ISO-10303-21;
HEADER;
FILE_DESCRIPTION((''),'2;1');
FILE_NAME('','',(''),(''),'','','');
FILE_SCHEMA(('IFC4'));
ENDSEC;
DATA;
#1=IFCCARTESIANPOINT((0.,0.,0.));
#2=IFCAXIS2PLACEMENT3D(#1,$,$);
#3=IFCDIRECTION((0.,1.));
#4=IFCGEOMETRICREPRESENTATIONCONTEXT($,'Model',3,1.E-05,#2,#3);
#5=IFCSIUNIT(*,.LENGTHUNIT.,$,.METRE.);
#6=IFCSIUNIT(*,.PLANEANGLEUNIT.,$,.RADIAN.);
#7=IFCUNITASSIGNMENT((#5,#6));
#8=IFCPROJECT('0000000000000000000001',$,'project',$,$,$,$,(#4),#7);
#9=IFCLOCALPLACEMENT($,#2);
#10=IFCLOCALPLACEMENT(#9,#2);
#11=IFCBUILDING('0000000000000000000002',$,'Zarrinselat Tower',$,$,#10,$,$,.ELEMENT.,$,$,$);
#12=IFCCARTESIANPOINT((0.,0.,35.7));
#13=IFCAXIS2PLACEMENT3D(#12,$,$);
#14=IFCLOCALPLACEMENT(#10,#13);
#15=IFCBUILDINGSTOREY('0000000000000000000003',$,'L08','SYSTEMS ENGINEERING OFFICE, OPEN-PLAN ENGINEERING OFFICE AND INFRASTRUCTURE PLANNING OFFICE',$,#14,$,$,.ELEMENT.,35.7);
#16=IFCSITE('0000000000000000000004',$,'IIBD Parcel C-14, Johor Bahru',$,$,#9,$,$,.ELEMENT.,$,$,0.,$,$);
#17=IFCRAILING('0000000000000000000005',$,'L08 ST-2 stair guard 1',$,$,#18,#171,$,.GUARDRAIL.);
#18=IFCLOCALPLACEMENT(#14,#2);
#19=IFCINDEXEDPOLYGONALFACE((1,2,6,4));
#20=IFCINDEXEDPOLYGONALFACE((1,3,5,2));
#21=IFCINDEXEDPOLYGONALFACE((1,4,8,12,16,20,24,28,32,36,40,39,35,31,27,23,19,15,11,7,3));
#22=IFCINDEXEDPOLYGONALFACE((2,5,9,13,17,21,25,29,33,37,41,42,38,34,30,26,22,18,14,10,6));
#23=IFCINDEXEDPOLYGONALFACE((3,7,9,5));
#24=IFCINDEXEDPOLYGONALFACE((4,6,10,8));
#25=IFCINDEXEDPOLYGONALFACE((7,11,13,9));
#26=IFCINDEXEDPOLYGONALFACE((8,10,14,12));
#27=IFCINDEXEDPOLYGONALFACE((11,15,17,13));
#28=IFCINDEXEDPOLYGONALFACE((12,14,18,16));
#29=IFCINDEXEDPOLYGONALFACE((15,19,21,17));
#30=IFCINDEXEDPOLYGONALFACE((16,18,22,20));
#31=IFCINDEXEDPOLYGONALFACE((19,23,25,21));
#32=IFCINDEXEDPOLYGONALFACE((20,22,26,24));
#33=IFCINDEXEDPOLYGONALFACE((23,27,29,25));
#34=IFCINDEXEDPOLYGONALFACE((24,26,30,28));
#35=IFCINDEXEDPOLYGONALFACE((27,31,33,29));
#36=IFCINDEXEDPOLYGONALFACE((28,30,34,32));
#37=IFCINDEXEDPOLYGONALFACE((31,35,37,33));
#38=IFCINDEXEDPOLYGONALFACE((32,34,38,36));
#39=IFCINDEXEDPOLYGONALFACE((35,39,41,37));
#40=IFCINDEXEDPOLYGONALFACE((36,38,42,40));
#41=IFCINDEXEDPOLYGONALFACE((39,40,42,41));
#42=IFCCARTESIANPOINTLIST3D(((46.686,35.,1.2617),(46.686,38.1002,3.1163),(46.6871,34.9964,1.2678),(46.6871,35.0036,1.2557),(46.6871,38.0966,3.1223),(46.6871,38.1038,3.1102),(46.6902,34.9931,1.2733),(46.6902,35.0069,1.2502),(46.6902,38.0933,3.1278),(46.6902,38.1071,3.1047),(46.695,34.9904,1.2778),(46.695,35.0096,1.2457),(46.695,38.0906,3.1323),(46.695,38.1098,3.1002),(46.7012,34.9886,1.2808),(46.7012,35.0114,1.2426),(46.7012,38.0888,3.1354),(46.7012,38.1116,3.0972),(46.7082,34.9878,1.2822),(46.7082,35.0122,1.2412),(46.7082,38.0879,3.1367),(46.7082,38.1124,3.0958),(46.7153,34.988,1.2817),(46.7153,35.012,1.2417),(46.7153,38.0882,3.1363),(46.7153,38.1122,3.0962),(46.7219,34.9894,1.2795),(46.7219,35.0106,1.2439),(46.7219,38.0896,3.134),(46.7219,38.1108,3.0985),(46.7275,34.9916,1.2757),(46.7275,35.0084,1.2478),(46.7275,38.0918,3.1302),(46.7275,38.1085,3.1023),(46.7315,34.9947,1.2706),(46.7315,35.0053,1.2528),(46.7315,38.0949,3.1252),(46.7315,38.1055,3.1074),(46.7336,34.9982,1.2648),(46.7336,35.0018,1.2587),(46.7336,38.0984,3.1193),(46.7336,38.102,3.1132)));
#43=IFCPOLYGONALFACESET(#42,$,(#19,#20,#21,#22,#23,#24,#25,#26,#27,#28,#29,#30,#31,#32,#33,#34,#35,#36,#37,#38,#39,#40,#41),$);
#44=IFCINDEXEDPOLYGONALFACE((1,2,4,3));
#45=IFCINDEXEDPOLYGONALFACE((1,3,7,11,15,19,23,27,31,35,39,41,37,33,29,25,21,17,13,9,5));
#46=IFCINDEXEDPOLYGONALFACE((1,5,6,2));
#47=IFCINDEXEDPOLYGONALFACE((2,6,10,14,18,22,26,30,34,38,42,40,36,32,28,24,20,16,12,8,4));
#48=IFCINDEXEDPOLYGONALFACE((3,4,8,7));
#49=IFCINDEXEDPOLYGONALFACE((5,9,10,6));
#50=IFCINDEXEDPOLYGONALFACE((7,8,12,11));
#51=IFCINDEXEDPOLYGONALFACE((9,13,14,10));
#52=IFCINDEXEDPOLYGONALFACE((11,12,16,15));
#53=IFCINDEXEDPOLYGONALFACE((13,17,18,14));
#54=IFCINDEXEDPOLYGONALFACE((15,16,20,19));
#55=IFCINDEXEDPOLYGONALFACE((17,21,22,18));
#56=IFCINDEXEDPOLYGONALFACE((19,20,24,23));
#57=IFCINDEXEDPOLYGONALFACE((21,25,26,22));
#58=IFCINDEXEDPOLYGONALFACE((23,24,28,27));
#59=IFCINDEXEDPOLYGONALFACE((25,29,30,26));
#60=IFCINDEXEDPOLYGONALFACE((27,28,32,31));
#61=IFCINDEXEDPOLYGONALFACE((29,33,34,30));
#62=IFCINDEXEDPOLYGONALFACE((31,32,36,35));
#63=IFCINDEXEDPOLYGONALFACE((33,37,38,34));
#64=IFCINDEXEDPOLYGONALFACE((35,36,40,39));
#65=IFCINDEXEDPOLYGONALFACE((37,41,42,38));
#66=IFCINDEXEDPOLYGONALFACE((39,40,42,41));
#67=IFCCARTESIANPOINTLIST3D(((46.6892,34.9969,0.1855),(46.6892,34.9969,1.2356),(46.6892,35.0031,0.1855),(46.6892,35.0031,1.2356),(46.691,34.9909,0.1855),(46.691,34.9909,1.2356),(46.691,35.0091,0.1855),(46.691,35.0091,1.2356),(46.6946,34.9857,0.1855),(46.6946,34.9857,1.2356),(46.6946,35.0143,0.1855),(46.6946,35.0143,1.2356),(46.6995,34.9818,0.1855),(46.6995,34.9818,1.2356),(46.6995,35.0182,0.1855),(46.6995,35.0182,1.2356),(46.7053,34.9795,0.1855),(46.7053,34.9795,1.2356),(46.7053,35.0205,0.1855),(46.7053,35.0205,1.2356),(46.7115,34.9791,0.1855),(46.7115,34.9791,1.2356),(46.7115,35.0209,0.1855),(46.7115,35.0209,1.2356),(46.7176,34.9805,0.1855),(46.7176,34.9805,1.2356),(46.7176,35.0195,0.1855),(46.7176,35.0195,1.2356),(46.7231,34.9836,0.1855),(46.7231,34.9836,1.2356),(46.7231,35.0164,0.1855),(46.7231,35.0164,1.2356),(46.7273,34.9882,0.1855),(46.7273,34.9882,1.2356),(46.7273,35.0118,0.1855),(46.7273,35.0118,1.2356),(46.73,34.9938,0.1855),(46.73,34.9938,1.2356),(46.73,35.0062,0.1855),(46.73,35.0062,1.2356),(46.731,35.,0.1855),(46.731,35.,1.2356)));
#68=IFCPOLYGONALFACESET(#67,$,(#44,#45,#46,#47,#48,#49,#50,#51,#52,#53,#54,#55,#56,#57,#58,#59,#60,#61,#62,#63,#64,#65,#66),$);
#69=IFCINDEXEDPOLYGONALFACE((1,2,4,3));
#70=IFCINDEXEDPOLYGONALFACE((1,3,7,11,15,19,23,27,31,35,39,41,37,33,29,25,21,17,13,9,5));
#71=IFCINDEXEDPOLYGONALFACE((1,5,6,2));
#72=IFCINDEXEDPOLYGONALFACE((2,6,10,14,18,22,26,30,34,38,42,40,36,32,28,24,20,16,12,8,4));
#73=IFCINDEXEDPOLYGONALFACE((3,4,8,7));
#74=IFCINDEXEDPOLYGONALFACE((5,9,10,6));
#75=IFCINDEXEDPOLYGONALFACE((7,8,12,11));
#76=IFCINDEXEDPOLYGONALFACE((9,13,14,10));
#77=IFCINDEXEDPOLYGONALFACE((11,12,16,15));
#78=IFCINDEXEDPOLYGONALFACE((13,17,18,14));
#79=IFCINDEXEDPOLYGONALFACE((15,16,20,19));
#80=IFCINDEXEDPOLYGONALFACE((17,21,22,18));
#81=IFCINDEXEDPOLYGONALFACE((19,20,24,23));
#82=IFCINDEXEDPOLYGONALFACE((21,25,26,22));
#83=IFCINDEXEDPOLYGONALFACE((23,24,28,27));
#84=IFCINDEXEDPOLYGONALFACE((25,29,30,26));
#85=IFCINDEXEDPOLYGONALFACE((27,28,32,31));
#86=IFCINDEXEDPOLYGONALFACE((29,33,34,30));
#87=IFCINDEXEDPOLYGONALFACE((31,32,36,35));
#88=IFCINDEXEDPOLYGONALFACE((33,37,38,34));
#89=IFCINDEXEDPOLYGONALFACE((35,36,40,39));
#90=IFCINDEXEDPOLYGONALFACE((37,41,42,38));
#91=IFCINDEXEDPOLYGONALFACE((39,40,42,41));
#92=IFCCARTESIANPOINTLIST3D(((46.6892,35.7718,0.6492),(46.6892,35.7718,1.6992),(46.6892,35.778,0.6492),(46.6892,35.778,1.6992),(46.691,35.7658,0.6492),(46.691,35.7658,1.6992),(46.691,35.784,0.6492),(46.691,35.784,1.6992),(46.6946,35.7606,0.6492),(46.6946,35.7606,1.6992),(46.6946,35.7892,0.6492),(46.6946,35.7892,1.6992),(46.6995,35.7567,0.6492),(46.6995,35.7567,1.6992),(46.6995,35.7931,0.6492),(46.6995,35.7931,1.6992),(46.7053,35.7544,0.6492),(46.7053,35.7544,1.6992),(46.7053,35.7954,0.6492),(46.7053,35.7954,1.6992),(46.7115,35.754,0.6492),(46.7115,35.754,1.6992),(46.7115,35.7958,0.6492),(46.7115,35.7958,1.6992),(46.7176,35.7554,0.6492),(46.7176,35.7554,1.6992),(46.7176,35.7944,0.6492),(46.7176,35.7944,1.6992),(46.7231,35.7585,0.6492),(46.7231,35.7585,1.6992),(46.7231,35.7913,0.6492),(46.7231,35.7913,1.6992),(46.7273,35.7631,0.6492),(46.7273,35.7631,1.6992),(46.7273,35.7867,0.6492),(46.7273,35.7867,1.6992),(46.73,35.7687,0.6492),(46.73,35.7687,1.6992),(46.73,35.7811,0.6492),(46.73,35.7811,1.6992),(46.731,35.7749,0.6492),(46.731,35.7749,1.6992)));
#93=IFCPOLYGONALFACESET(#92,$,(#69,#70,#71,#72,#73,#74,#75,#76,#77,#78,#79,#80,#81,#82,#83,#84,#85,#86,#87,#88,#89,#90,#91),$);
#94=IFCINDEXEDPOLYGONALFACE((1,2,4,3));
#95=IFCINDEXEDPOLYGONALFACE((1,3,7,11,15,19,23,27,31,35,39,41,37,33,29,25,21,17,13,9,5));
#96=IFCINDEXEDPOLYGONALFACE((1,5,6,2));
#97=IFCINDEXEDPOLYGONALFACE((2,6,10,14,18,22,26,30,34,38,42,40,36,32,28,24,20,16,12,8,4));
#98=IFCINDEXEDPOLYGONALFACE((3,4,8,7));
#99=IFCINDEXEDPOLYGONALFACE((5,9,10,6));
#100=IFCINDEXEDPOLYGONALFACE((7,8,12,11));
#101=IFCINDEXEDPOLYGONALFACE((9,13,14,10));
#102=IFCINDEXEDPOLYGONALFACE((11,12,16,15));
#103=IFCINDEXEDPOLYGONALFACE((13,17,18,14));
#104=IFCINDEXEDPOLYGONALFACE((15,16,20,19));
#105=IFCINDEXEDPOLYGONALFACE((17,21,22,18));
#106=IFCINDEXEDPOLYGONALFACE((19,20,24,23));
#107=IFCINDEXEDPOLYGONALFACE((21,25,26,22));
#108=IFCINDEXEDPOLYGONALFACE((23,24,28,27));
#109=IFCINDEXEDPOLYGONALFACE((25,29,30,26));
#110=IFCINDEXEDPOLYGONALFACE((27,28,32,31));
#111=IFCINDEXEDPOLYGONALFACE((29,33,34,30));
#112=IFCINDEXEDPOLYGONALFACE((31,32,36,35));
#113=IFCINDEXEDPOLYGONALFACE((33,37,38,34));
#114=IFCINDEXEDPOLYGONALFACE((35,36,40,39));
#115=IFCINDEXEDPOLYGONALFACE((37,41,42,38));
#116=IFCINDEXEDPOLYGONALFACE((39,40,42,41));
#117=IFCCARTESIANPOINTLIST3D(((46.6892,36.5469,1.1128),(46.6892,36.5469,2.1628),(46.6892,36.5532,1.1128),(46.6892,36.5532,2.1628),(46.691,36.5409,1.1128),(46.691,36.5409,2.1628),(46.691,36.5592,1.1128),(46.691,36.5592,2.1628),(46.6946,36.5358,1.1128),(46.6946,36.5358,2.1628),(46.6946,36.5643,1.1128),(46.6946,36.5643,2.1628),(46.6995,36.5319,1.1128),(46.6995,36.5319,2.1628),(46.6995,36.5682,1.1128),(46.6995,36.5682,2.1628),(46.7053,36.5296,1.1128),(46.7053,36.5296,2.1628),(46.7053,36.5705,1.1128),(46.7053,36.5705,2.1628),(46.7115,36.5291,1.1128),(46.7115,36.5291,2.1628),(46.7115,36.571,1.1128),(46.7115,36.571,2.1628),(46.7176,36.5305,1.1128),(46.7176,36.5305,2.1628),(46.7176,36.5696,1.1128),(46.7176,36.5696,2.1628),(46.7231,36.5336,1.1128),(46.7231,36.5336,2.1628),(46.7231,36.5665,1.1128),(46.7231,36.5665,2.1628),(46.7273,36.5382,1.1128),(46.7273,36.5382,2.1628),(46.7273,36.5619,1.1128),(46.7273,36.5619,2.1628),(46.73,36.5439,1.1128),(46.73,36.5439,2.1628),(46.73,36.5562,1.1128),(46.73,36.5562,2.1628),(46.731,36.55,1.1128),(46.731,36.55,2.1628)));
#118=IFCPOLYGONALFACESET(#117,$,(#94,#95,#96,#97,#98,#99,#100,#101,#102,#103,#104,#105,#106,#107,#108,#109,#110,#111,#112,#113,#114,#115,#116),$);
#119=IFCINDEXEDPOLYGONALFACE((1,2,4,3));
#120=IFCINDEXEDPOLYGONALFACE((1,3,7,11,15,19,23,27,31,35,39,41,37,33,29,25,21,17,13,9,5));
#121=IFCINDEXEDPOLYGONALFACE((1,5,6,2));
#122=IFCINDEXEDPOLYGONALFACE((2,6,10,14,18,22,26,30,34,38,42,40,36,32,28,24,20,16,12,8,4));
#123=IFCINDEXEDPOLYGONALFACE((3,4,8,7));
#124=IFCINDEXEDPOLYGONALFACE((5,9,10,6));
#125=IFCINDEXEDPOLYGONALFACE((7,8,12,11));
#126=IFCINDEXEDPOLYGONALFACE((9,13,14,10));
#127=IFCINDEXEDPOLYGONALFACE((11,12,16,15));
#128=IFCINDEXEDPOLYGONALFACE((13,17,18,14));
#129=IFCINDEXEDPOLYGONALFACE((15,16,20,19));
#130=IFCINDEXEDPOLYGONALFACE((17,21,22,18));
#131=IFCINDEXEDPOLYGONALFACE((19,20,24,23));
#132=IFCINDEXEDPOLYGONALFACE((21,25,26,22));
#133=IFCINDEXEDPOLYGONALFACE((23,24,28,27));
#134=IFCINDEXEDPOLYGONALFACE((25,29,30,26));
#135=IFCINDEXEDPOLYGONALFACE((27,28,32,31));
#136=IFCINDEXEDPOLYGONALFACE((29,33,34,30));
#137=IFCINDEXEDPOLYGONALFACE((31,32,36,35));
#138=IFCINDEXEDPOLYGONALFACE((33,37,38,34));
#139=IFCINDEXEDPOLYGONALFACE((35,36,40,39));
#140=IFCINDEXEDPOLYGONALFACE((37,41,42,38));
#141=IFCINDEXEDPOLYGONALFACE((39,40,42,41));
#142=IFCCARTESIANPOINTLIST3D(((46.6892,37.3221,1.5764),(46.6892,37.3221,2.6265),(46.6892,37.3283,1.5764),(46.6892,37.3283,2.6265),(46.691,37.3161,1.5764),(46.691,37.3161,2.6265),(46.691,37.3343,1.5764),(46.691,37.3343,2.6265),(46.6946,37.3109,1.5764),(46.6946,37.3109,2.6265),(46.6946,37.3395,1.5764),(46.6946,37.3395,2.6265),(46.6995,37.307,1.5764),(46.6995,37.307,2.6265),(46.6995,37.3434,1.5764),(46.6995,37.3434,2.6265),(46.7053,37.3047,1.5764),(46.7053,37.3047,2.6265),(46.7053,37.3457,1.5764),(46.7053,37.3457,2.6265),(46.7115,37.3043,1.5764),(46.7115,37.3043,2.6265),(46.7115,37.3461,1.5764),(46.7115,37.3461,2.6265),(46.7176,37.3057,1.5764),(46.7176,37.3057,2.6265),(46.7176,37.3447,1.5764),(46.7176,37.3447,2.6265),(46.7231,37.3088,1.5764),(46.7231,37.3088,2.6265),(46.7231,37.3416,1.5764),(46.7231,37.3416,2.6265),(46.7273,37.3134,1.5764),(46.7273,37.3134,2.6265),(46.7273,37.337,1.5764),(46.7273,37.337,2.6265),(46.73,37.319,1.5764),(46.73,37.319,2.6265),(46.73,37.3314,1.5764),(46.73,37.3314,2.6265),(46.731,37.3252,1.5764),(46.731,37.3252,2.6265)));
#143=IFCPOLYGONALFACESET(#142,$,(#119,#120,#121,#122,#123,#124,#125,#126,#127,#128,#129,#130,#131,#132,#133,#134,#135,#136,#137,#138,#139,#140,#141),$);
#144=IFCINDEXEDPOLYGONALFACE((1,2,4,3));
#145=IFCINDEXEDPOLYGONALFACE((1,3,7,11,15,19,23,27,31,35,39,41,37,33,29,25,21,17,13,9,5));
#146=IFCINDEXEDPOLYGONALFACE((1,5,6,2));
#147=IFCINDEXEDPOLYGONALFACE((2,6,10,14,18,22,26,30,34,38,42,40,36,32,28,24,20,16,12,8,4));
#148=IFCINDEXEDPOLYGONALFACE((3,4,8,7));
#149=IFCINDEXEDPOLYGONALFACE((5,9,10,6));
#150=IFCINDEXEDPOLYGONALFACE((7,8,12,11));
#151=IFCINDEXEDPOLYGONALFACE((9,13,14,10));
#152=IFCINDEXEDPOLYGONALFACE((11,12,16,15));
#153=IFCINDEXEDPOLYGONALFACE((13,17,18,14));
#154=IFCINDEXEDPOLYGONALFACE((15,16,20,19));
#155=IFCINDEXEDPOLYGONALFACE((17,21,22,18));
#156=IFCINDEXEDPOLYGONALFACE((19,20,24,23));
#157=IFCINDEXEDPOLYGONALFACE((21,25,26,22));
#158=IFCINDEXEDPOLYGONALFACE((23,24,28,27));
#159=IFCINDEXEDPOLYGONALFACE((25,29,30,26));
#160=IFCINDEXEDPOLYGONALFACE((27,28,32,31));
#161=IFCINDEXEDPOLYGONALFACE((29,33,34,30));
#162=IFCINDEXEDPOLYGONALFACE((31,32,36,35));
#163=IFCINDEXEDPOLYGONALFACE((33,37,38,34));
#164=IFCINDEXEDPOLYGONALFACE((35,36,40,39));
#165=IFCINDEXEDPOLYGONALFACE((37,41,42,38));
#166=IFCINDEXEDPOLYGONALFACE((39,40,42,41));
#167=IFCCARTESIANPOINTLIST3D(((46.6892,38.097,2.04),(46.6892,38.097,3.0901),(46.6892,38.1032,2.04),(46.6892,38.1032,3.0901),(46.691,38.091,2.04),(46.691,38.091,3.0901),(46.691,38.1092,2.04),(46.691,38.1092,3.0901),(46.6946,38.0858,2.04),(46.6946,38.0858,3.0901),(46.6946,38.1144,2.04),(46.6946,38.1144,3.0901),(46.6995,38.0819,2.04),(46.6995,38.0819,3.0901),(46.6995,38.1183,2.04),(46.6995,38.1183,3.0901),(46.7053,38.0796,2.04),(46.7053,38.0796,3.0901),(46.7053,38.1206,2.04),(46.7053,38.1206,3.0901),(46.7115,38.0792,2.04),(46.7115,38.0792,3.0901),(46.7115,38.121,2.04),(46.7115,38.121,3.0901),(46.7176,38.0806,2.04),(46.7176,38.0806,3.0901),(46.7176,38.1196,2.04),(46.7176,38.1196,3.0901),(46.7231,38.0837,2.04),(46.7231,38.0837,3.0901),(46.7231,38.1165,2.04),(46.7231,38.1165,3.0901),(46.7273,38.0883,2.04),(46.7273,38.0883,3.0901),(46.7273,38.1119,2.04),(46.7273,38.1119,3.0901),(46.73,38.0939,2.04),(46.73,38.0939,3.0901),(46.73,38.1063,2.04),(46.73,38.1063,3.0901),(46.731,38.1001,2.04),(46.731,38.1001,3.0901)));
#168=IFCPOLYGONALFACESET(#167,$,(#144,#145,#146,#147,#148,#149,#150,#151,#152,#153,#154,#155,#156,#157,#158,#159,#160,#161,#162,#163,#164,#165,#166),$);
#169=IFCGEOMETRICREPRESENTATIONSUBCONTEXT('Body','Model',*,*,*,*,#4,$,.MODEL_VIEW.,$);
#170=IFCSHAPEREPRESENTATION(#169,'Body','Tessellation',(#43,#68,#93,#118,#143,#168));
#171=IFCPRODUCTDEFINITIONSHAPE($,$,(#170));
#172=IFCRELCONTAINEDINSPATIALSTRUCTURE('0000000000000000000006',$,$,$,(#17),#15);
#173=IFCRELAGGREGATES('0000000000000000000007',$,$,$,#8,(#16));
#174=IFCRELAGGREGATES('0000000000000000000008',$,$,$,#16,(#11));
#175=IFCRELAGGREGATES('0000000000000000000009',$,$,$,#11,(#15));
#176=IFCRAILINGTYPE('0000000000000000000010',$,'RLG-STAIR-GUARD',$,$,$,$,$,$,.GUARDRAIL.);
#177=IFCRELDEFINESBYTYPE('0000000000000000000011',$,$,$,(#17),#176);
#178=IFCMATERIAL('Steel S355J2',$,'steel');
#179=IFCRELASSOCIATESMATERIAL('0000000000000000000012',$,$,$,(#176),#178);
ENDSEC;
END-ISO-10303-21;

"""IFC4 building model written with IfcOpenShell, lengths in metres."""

from ifc_helpers import new_model, si_unit, direction, frame, origin, origin_2d, place, context, subcontext, project, spatial, circle, extrude, material, type_object, element, save


model = new_model("IFC4")

# Units and contexts
model_context = context("Model", 3, precision=1e-05, world=origin(), true_north=direction((0.0, 1.0)))
body_context = subcontext(model_context, "Body", "Model", "MODEL_VIEW")
ifc_project = project(units=[si_unit("LENGTHUNIT", "METRE"), si_unit("PLANEANGLEUNIT", "RADIAN")], contexts=[model_context])

# Site, building, storey
site_placement = place(None, origin())
site = spatial("IfcSite", under=ifc_project, at=site_placement, Name="IIBD Parcel C-14, Johor Bahru", CompositionType="ELEMENT", RefElevation=0.0)
building_placement = place(site_placement, origin())
building = spatial("IfcBuilding", under=site, at=building_placement, Name="Zarrinselat Tower", CompositionType="ELEMENT")
storey_placement = place(building_placement, frame((0.0, 0.0, 35.7)))
storey = spatial("IfcBuildingStorey", under=building, at=storey_placement, Name="L08", Description="SYSTEMS ENGINEERING OFFICE, OPEN-PLAN ENGINEERING OFFICE AND INFRASTRUCTURE PLANNING OFFICE", CompositionType="ELEMENT", Elevation=35.7)

# Railing
ifc_material_1 = material(Name="Steel S355J2", Category="steel")
railing_type_1 = type_object("IfcRailingType", Name="RLG-STAIR-GUARD", PredefinedType="GUARDRAIL", material=ifc_material_1)
railing_1_placement = place(storey_placement, frame((46.71, 35.0, 0.1855)))
element("IfcRailing", 1, at=railing_1_placement, inside=storey, type_object=railing_type_1, Name="L08 ST-2 stair guard 1", PredefinedType="GUARDRAIL", context=body_context, shape_type="SweptSolid", body=[
    extrude(circle(Radius=0.0239, at=origin_2d()), frame((0.0, 0.0, 1.0762), z_axis=(0.0, 0.858172, 0.513362), x_axis=(-1.0, 0.0, 0.0)), (0.0, 0.0, 1.0), 3.6125),
    extrude(circle(Radius=0.021, at=origin_2d()), origin(), (0.0, 0.0, 1.0), 1.05),
    extrude(circle(Radius=0.021, at=origin_2d()), frame((0.0, 0.7749, 0.4636)), (0.0, 0.0, 1.0), 1.05),
    extrude(circle(Radius=0.021, at=origin_2d()), frame((0.0, 1.55, 0.9272)), (0.0, 0.0, 1.0), 1.05),
    extrude(circle(Radius=0.021, at=origin_2d()), frame((0.0, 2.3252, 1.3909)), (0.0, 0.0, 1.0), 1.05),
    extrude(circle(Radius=0.021, at=origin_2d()), frame((0.0, 3.1001, 1.8545)), (0.0, 0.0, 1.0), 1.05),
])

save(model, "model.ifc")
